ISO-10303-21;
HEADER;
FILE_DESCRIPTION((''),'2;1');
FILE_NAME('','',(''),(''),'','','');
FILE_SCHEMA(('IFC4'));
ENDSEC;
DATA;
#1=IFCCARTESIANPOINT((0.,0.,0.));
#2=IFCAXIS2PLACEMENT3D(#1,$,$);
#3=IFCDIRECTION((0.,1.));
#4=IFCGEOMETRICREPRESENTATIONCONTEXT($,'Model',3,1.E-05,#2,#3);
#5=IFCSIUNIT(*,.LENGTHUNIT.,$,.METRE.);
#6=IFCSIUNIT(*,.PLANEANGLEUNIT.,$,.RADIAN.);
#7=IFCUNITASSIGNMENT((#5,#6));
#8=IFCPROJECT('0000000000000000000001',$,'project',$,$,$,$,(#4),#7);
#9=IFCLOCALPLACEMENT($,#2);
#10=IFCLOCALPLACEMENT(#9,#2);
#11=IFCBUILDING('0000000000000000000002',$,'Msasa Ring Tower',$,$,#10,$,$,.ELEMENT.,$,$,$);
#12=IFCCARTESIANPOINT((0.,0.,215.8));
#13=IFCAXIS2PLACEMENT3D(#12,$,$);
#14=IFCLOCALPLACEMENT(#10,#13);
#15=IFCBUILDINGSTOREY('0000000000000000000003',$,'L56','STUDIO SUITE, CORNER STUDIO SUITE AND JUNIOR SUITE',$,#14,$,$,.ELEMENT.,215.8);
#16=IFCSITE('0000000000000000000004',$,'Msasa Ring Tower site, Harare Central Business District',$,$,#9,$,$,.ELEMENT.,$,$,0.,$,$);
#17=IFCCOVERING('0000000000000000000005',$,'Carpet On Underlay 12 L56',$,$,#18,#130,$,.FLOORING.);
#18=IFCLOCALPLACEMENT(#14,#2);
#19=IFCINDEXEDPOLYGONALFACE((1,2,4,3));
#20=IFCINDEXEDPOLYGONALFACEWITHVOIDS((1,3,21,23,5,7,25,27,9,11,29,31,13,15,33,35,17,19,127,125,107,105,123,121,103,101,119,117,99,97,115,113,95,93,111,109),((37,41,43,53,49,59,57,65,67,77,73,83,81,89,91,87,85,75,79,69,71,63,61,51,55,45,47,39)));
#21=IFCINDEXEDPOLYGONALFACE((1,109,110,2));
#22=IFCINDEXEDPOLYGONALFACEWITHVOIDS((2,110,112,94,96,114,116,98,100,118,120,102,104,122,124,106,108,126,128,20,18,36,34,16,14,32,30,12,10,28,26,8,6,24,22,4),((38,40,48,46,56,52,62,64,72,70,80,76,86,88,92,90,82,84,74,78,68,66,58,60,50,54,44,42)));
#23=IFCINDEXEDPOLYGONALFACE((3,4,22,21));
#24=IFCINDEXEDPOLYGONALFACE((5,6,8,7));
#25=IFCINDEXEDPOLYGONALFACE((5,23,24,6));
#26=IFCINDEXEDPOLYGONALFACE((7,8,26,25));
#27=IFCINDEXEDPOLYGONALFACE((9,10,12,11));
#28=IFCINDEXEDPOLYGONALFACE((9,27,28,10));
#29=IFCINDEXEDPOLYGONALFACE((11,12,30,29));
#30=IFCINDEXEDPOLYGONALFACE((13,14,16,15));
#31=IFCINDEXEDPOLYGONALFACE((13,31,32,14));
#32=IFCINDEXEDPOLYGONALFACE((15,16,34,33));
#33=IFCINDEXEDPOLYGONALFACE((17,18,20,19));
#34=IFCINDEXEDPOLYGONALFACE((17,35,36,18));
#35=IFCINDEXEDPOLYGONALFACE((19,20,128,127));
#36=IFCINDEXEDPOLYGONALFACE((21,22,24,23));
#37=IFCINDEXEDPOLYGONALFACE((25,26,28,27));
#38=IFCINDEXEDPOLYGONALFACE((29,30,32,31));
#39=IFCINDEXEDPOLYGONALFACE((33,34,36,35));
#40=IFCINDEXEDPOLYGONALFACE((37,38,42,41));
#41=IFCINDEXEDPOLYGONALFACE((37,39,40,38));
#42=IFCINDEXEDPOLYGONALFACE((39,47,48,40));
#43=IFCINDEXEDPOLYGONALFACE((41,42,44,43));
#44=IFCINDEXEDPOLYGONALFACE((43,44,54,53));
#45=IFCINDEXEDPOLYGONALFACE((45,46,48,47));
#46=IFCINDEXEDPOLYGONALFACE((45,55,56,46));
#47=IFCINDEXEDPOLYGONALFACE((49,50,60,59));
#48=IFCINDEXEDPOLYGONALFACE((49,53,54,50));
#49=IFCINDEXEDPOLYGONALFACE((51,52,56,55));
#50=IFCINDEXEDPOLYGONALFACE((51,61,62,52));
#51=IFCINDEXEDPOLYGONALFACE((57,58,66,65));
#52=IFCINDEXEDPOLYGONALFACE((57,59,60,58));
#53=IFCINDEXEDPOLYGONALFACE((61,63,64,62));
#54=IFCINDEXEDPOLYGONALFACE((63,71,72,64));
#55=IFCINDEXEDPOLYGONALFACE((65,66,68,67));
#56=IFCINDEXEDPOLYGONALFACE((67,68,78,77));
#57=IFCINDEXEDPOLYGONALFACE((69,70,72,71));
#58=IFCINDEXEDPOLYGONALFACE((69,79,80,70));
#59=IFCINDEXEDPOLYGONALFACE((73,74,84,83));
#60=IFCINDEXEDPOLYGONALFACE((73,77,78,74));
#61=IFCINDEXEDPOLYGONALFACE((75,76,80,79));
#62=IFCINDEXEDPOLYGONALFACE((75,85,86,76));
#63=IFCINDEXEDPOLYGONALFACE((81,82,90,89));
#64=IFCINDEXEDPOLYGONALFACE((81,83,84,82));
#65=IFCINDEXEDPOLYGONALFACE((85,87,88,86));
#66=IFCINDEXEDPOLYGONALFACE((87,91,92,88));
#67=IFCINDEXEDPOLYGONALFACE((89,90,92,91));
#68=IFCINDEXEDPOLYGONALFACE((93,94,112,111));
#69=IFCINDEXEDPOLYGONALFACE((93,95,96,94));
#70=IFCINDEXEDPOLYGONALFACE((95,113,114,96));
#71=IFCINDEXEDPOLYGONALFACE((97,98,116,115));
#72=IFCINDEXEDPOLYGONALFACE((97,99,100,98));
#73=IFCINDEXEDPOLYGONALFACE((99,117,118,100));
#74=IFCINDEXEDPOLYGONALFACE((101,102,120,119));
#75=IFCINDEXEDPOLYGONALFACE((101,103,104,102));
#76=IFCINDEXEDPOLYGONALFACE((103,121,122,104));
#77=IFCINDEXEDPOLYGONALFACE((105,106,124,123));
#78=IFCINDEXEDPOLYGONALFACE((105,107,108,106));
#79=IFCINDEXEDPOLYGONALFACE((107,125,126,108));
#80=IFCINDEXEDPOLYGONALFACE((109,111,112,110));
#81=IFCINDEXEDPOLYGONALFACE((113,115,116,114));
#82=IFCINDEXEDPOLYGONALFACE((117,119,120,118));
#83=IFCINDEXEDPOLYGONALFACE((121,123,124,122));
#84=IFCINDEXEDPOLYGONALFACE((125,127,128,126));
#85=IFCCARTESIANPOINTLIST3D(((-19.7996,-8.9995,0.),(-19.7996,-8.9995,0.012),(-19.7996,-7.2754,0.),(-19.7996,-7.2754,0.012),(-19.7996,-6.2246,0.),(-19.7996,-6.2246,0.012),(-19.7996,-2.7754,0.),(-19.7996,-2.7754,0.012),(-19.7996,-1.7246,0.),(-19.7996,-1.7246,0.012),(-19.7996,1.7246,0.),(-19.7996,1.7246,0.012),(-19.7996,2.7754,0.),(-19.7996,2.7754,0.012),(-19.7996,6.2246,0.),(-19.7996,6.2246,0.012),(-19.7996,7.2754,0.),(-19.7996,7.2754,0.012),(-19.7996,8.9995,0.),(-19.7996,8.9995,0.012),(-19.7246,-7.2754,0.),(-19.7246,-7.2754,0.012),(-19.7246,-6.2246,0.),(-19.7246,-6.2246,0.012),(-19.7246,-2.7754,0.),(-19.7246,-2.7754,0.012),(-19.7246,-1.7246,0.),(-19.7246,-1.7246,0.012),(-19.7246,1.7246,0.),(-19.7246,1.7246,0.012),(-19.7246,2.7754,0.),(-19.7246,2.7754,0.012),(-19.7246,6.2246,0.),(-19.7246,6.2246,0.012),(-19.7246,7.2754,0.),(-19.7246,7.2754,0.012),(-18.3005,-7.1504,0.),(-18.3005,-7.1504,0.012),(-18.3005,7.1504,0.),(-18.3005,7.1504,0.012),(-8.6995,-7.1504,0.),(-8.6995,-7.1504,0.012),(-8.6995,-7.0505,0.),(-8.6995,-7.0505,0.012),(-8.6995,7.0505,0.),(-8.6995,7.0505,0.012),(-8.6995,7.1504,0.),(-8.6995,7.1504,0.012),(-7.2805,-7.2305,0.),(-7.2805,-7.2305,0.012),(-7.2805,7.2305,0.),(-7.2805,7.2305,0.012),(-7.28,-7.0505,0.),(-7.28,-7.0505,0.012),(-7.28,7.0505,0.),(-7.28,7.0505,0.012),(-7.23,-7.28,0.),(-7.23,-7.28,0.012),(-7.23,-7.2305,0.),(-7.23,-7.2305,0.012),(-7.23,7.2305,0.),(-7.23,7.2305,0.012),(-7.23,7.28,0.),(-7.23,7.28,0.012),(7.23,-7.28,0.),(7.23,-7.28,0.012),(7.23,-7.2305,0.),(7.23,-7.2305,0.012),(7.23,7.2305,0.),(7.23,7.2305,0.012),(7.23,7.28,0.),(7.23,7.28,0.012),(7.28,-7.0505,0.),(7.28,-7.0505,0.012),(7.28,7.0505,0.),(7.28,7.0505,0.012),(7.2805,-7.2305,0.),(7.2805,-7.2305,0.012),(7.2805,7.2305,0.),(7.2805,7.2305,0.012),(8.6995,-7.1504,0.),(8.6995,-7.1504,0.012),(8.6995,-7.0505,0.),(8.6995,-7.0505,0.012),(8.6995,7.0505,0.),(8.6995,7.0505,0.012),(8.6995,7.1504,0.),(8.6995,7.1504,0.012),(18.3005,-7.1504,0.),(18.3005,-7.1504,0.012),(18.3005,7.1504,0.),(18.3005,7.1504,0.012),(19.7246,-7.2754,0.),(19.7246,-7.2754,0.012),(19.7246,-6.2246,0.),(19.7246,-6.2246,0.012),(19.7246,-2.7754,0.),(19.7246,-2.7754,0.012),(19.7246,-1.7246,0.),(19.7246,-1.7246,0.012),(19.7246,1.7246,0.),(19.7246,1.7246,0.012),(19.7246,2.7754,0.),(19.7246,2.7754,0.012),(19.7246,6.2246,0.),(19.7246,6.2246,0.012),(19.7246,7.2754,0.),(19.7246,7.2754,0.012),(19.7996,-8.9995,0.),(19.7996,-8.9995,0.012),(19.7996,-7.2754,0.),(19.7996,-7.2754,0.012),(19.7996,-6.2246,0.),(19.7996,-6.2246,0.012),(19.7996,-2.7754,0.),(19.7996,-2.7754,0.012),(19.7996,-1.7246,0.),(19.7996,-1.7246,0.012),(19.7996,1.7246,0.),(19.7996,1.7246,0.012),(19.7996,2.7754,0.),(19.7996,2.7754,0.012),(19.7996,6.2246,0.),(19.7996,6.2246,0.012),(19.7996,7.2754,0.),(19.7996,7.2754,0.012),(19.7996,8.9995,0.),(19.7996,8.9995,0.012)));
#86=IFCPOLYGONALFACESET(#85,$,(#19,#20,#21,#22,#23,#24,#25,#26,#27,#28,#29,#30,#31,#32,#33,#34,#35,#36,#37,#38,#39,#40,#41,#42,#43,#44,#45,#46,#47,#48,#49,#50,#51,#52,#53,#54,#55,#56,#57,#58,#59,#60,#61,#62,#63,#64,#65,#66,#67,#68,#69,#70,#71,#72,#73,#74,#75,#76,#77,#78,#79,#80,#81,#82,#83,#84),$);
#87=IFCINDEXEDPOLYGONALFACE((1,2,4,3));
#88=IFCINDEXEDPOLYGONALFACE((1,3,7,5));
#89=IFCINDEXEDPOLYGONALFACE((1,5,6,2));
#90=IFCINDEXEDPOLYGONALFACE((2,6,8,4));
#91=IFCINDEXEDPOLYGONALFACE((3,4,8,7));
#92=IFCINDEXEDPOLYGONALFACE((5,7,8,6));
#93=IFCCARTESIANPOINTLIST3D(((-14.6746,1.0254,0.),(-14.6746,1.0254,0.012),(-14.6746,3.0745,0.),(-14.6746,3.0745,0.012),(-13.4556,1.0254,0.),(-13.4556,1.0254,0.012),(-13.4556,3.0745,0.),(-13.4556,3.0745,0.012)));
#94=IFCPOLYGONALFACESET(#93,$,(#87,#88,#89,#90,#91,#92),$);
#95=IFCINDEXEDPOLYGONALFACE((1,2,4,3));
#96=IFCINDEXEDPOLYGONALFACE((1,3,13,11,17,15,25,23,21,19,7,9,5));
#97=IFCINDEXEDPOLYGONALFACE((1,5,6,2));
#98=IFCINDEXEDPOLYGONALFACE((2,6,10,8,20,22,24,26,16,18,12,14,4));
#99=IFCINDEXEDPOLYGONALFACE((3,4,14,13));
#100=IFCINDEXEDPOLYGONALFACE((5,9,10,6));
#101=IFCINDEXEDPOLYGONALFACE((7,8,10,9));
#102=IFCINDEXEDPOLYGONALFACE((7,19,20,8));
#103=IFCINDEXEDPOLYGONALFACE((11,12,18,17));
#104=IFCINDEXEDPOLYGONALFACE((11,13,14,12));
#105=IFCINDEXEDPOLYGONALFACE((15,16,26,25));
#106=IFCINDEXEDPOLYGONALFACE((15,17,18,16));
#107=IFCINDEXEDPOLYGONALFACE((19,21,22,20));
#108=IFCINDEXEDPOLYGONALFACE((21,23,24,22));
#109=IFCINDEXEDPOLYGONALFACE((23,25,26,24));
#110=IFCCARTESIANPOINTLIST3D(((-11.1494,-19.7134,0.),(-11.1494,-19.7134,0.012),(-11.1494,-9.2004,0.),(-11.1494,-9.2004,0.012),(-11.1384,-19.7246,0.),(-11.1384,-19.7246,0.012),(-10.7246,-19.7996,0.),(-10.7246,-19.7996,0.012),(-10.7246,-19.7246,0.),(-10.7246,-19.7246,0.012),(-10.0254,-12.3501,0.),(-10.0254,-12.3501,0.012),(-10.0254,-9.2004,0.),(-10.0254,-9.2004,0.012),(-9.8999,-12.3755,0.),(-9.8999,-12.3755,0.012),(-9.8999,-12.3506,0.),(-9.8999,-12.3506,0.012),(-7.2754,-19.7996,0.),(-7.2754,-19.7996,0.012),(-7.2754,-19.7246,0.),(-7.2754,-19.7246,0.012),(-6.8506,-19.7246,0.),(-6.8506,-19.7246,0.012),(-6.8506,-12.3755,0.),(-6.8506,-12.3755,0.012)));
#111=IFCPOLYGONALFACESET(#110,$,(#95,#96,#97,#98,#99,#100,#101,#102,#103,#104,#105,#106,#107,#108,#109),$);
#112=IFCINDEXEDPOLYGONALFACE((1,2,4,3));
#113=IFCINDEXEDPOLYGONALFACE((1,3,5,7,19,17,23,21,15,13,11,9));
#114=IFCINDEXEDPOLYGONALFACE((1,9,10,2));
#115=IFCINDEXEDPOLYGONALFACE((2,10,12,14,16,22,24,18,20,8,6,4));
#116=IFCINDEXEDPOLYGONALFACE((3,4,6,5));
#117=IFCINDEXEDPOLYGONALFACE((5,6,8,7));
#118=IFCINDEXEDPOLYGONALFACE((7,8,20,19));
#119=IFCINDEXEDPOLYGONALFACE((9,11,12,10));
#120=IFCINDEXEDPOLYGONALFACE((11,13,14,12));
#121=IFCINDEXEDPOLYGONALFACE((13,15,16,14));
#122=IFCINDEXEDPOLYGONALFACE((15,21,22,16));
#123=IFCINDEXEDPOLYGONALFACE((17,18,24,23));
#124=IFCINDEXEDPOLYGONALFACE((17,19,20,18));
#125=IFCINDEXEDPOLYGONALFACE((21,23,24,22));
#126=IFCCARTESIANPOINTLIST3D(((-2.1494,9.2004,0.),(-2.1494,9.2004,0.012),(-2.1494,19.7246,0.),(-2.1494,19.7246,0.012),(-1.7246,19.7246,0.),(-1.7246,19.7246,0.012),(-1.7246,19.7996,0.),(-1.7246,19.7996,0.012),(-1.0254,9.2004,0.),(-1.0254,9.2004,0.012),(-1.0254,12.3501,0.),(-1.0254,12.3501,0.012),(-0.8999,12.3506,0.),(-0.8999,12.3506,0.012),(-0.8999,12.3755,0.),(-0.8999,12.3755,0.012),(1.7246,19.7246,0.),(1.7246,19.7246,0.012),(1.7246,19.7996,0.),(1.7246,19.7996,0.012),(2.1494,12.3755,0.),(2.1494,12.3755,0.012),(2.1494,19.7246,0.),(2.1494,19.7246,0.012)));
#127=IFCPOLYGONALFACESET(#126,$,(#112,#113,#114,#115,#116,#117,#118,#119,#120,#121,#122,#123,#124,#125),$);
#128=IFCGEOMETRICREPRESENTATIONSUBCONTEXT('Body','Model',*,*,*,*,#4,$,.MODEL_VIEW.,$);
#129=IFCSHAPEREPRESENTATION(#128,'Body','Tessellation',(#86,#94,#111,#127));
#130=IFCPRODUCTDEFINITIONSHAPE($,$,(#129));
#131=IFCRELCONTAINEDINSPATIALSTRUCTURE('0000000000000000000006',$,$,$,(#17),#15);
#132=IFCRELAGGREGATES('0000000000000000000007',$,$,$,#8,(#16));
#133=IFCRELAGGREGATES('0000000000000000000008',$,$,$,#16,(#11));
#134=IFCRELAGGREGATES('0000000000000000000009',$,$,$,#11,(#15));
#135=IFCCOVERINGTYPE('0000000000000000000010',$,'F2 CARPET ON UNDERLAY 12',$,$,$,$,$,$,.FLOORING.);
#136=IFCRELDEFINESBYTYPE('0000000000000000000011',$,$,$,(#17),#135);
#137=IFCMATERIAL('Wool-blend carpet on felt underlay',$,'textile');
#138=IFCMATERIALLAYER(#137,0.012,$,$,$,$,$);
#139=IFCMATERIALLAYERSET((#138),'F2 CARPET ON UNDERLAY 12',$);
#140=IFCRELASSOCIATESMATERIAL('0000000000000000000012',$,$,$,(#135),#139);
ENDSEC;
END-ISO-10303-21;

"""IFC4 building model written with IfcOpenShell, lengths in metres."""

from ifc_helpers import new_model, si_unit, direction, frame, origin, place, context, subcontext, project, spatial, line, indexed_curve, outline, extrude, material, layer, layer_set, type_object, element, save


model = new_model("IFC4")

# Units and contexts
model_context = context("Model", 3, precision=1e-05, world=origin(), true_north=direction((0.0, 1.0)))
body_context = subcontext(model_context, "Body", "Model", "MODEL_VIEW")
ifc_project = project(units=[si_unit("LENGTHUNIT", "METRE"), si_unit("PLANEANGLEUNIT", "RADIAN")], contexts=[model_context])

# Site, building, storey
site_placement = place(None, origin())
site = spatial("IfcSite", under=ifc_project, at=site_placement, Name="Msasa Ring Tower site, Harare Central Business District", CompositionType="ELEMENT", RefElevation=0.0)
building_placement = place(site_placement, origin())
building = spatial("IfcBuilding", under=site, at=building_placement, Name="Msasa Ring Tower", CompositionType="ELEMENT")
storey_placement = place(building_placement, frame((0.0, 0.0, 215.8)))
storey = spatial("IfcBuildingStorey", under=building, at=storey_placement, Name="L56", Description="STUDIO SUITE, CORNER STUDIO SUITE AND JUNIOR SUITE", CompositionType="ELEMENT", Elevation=215.8)

# Covering
ifc_material_1 = material(Name="Wool-blend carpet on felt underlay", Category="textile")
ifc_layer_1 = layer(ifc_material_1, 0.012)
ifc_layer_set_1 = layer_set([ifc_layer_1], Name="F2 CARPET ON UNDERLAY 12")
covering_type_1 = type_object("IfcCoveringType", Name="F2 CARPET ON UNDERLAY 12", PredefinedType="FLOORING", material=ifc_layer_set_1)
covering_1_placement = place(storey_placement, origin())
element("IfcCovering", 1, at=covering_1_placement, inside=storey, type_object=covering_type_1, Name="Carpet On Underlay 12 L56", PredefinedType="FLOORING", context=body_context, shape_type="SweptSolid", body=[
    extrude(outline(indexed_curve([(19.7996, 7.2754), (19.7246, 7.2754), (19.7246, 6.2246), (19.7996, 6.2246), (19.7996, 2.7754), (19.7246, 2.7754), (19.7246, 1.7246), (19.7996, 1.7246), (19.7996, -1.7246), (19.7246, -1.7246), (19.7246, -2.7754), (19.7996, -2.7754), (19.7996, -6.2246), (19.7246, -6.2246), (19.7246, -7.2754), (19.7996, -7.2754), (19.7996, -8.9995), (-19.7996, -8.9995), (-19.7996, -7.2754), (-19.7246, -7.2754), (-19.7246, -6.2246), (-19.7996, -6.2246), (-19.7996, -2.7754), (-19.7246, -2.7754), (-19.7246, -1.7246), (-19.7996, -1.7246), (-19.7996, 1.7246), (-19.7246, 1.7246), (-19.7246, 2.7754), (-19.7996, 2.7754), (-19.7996, 6.2246), (-19.7246, 6.2246), (-19.7246, 7.2754), (-19.7996, 7.2754), (-19.7996, 8.9995), (19.7996, 8.9995)], segments=[line(1, 2, 3, 4, 5, 6, 7, 8, 9, 10, 11, 12, 13, 14, 15, 16, 17, 18, 19, 20, 21, 22, 23, 24, 25, 26, 27, 28, 29, 30, 31, 32, 33, 34, 35, 36, 1)], self_intersect=False), holes=[indexed_curve([(8.6995, -7.1504), (18.3005, -7.1504), (18.3005, 7.1504), (8.6995, 7.1504), (8.6995, 7.0505), (7.28, 7.0505), (7.2805, 7.2305), (7.23, 7.2305), (7.23, 7.28), (-7.23, 7.28), (-7.23, 7.2305), (-7.2805, 7.2305), (-7.28, 7.0505), (-8.6995, 7.0505), (-8.6995, 7.1504), (-18.3005, 7.1504), (-18.3005, -7.1504), (-8.6995, -7.1504), (-8.6995, -7.0505), (-7.28, -7.0505), (-7.2805, -7.2305), (-7.23, -7.2305), (-7.23, -7.28), (7.23, -7.28), (7.23, -7.2305), (7.2805, -7.2305), (7.28, -7.0505), (8.6995, -7.0505)], segments=[line(1, 2, 3, 4, 5, 6, 7, 8, 9, 10, 11, 12, 13, 14, 15, 16, 17, 18, 19, 20, 21, 22, 23, 24, 25, 26, 27, 28, 1)], self_intersect=False)]), origin(), (0.0, 0.0, 1.0), 0.012),
    extrude(outline(indexed_curve([(-14.6746, 3.0745), (-13.4556, 3.0745), (-13.4556, 1.0254), (-14.6746, 1.0254)], segments=[line(1, 2, 3, 4, 1)], self_intersect=False)), origin(), (0.0, 0.0, 1.0), 0.012),
    extrude(outline(indexed_curve([(-10.7246, -19.7996), (-10.7246, -19.7246), (-11.1384, -19.7246), (-11.1494, -19.7134), (-11.1494, -9.2004), (-10.0254, -9.2004), (-10.0254, -12.3501), (-9.8999, -12.3506), (-9.8999, -12.3755), (-6.8506, -12.3755), (-6.8506, -19.7246), (-7.2754, -19.7246), (-7.2754, -19.7996)], segments=[line(1, 2, 3, 4, 5, 6, 7, 8, 9, 10, 11, 12, 13, 1)], self_intersect=False)), origin(), (0.0, 0.0, 1.0), 0.012),
    extrude(outline(indexed_curve([(-0.8999, 12.3506), (-1.0254, 12.3501), (-1.0254, 9.2004), (-2.1494, 9.2004), (-2.1494, 19.7246), (-1.7246, 19.7246), (-1.7246, 19.7996), (1.7246, 19.7996), (1.7246, 19.7246), (2.1494, 19.7246), (2.1494, 12.3755), (-0.8999, 12.3755)], segments=[line(1, 2, 3, 4, 5, 6, 7, 8, 9, 10, 11, 12, 1)], self_intersect=False)), origin(), (0.0, 0.0, 1.0), 0.012),
])

save(model, "model.ifc")
